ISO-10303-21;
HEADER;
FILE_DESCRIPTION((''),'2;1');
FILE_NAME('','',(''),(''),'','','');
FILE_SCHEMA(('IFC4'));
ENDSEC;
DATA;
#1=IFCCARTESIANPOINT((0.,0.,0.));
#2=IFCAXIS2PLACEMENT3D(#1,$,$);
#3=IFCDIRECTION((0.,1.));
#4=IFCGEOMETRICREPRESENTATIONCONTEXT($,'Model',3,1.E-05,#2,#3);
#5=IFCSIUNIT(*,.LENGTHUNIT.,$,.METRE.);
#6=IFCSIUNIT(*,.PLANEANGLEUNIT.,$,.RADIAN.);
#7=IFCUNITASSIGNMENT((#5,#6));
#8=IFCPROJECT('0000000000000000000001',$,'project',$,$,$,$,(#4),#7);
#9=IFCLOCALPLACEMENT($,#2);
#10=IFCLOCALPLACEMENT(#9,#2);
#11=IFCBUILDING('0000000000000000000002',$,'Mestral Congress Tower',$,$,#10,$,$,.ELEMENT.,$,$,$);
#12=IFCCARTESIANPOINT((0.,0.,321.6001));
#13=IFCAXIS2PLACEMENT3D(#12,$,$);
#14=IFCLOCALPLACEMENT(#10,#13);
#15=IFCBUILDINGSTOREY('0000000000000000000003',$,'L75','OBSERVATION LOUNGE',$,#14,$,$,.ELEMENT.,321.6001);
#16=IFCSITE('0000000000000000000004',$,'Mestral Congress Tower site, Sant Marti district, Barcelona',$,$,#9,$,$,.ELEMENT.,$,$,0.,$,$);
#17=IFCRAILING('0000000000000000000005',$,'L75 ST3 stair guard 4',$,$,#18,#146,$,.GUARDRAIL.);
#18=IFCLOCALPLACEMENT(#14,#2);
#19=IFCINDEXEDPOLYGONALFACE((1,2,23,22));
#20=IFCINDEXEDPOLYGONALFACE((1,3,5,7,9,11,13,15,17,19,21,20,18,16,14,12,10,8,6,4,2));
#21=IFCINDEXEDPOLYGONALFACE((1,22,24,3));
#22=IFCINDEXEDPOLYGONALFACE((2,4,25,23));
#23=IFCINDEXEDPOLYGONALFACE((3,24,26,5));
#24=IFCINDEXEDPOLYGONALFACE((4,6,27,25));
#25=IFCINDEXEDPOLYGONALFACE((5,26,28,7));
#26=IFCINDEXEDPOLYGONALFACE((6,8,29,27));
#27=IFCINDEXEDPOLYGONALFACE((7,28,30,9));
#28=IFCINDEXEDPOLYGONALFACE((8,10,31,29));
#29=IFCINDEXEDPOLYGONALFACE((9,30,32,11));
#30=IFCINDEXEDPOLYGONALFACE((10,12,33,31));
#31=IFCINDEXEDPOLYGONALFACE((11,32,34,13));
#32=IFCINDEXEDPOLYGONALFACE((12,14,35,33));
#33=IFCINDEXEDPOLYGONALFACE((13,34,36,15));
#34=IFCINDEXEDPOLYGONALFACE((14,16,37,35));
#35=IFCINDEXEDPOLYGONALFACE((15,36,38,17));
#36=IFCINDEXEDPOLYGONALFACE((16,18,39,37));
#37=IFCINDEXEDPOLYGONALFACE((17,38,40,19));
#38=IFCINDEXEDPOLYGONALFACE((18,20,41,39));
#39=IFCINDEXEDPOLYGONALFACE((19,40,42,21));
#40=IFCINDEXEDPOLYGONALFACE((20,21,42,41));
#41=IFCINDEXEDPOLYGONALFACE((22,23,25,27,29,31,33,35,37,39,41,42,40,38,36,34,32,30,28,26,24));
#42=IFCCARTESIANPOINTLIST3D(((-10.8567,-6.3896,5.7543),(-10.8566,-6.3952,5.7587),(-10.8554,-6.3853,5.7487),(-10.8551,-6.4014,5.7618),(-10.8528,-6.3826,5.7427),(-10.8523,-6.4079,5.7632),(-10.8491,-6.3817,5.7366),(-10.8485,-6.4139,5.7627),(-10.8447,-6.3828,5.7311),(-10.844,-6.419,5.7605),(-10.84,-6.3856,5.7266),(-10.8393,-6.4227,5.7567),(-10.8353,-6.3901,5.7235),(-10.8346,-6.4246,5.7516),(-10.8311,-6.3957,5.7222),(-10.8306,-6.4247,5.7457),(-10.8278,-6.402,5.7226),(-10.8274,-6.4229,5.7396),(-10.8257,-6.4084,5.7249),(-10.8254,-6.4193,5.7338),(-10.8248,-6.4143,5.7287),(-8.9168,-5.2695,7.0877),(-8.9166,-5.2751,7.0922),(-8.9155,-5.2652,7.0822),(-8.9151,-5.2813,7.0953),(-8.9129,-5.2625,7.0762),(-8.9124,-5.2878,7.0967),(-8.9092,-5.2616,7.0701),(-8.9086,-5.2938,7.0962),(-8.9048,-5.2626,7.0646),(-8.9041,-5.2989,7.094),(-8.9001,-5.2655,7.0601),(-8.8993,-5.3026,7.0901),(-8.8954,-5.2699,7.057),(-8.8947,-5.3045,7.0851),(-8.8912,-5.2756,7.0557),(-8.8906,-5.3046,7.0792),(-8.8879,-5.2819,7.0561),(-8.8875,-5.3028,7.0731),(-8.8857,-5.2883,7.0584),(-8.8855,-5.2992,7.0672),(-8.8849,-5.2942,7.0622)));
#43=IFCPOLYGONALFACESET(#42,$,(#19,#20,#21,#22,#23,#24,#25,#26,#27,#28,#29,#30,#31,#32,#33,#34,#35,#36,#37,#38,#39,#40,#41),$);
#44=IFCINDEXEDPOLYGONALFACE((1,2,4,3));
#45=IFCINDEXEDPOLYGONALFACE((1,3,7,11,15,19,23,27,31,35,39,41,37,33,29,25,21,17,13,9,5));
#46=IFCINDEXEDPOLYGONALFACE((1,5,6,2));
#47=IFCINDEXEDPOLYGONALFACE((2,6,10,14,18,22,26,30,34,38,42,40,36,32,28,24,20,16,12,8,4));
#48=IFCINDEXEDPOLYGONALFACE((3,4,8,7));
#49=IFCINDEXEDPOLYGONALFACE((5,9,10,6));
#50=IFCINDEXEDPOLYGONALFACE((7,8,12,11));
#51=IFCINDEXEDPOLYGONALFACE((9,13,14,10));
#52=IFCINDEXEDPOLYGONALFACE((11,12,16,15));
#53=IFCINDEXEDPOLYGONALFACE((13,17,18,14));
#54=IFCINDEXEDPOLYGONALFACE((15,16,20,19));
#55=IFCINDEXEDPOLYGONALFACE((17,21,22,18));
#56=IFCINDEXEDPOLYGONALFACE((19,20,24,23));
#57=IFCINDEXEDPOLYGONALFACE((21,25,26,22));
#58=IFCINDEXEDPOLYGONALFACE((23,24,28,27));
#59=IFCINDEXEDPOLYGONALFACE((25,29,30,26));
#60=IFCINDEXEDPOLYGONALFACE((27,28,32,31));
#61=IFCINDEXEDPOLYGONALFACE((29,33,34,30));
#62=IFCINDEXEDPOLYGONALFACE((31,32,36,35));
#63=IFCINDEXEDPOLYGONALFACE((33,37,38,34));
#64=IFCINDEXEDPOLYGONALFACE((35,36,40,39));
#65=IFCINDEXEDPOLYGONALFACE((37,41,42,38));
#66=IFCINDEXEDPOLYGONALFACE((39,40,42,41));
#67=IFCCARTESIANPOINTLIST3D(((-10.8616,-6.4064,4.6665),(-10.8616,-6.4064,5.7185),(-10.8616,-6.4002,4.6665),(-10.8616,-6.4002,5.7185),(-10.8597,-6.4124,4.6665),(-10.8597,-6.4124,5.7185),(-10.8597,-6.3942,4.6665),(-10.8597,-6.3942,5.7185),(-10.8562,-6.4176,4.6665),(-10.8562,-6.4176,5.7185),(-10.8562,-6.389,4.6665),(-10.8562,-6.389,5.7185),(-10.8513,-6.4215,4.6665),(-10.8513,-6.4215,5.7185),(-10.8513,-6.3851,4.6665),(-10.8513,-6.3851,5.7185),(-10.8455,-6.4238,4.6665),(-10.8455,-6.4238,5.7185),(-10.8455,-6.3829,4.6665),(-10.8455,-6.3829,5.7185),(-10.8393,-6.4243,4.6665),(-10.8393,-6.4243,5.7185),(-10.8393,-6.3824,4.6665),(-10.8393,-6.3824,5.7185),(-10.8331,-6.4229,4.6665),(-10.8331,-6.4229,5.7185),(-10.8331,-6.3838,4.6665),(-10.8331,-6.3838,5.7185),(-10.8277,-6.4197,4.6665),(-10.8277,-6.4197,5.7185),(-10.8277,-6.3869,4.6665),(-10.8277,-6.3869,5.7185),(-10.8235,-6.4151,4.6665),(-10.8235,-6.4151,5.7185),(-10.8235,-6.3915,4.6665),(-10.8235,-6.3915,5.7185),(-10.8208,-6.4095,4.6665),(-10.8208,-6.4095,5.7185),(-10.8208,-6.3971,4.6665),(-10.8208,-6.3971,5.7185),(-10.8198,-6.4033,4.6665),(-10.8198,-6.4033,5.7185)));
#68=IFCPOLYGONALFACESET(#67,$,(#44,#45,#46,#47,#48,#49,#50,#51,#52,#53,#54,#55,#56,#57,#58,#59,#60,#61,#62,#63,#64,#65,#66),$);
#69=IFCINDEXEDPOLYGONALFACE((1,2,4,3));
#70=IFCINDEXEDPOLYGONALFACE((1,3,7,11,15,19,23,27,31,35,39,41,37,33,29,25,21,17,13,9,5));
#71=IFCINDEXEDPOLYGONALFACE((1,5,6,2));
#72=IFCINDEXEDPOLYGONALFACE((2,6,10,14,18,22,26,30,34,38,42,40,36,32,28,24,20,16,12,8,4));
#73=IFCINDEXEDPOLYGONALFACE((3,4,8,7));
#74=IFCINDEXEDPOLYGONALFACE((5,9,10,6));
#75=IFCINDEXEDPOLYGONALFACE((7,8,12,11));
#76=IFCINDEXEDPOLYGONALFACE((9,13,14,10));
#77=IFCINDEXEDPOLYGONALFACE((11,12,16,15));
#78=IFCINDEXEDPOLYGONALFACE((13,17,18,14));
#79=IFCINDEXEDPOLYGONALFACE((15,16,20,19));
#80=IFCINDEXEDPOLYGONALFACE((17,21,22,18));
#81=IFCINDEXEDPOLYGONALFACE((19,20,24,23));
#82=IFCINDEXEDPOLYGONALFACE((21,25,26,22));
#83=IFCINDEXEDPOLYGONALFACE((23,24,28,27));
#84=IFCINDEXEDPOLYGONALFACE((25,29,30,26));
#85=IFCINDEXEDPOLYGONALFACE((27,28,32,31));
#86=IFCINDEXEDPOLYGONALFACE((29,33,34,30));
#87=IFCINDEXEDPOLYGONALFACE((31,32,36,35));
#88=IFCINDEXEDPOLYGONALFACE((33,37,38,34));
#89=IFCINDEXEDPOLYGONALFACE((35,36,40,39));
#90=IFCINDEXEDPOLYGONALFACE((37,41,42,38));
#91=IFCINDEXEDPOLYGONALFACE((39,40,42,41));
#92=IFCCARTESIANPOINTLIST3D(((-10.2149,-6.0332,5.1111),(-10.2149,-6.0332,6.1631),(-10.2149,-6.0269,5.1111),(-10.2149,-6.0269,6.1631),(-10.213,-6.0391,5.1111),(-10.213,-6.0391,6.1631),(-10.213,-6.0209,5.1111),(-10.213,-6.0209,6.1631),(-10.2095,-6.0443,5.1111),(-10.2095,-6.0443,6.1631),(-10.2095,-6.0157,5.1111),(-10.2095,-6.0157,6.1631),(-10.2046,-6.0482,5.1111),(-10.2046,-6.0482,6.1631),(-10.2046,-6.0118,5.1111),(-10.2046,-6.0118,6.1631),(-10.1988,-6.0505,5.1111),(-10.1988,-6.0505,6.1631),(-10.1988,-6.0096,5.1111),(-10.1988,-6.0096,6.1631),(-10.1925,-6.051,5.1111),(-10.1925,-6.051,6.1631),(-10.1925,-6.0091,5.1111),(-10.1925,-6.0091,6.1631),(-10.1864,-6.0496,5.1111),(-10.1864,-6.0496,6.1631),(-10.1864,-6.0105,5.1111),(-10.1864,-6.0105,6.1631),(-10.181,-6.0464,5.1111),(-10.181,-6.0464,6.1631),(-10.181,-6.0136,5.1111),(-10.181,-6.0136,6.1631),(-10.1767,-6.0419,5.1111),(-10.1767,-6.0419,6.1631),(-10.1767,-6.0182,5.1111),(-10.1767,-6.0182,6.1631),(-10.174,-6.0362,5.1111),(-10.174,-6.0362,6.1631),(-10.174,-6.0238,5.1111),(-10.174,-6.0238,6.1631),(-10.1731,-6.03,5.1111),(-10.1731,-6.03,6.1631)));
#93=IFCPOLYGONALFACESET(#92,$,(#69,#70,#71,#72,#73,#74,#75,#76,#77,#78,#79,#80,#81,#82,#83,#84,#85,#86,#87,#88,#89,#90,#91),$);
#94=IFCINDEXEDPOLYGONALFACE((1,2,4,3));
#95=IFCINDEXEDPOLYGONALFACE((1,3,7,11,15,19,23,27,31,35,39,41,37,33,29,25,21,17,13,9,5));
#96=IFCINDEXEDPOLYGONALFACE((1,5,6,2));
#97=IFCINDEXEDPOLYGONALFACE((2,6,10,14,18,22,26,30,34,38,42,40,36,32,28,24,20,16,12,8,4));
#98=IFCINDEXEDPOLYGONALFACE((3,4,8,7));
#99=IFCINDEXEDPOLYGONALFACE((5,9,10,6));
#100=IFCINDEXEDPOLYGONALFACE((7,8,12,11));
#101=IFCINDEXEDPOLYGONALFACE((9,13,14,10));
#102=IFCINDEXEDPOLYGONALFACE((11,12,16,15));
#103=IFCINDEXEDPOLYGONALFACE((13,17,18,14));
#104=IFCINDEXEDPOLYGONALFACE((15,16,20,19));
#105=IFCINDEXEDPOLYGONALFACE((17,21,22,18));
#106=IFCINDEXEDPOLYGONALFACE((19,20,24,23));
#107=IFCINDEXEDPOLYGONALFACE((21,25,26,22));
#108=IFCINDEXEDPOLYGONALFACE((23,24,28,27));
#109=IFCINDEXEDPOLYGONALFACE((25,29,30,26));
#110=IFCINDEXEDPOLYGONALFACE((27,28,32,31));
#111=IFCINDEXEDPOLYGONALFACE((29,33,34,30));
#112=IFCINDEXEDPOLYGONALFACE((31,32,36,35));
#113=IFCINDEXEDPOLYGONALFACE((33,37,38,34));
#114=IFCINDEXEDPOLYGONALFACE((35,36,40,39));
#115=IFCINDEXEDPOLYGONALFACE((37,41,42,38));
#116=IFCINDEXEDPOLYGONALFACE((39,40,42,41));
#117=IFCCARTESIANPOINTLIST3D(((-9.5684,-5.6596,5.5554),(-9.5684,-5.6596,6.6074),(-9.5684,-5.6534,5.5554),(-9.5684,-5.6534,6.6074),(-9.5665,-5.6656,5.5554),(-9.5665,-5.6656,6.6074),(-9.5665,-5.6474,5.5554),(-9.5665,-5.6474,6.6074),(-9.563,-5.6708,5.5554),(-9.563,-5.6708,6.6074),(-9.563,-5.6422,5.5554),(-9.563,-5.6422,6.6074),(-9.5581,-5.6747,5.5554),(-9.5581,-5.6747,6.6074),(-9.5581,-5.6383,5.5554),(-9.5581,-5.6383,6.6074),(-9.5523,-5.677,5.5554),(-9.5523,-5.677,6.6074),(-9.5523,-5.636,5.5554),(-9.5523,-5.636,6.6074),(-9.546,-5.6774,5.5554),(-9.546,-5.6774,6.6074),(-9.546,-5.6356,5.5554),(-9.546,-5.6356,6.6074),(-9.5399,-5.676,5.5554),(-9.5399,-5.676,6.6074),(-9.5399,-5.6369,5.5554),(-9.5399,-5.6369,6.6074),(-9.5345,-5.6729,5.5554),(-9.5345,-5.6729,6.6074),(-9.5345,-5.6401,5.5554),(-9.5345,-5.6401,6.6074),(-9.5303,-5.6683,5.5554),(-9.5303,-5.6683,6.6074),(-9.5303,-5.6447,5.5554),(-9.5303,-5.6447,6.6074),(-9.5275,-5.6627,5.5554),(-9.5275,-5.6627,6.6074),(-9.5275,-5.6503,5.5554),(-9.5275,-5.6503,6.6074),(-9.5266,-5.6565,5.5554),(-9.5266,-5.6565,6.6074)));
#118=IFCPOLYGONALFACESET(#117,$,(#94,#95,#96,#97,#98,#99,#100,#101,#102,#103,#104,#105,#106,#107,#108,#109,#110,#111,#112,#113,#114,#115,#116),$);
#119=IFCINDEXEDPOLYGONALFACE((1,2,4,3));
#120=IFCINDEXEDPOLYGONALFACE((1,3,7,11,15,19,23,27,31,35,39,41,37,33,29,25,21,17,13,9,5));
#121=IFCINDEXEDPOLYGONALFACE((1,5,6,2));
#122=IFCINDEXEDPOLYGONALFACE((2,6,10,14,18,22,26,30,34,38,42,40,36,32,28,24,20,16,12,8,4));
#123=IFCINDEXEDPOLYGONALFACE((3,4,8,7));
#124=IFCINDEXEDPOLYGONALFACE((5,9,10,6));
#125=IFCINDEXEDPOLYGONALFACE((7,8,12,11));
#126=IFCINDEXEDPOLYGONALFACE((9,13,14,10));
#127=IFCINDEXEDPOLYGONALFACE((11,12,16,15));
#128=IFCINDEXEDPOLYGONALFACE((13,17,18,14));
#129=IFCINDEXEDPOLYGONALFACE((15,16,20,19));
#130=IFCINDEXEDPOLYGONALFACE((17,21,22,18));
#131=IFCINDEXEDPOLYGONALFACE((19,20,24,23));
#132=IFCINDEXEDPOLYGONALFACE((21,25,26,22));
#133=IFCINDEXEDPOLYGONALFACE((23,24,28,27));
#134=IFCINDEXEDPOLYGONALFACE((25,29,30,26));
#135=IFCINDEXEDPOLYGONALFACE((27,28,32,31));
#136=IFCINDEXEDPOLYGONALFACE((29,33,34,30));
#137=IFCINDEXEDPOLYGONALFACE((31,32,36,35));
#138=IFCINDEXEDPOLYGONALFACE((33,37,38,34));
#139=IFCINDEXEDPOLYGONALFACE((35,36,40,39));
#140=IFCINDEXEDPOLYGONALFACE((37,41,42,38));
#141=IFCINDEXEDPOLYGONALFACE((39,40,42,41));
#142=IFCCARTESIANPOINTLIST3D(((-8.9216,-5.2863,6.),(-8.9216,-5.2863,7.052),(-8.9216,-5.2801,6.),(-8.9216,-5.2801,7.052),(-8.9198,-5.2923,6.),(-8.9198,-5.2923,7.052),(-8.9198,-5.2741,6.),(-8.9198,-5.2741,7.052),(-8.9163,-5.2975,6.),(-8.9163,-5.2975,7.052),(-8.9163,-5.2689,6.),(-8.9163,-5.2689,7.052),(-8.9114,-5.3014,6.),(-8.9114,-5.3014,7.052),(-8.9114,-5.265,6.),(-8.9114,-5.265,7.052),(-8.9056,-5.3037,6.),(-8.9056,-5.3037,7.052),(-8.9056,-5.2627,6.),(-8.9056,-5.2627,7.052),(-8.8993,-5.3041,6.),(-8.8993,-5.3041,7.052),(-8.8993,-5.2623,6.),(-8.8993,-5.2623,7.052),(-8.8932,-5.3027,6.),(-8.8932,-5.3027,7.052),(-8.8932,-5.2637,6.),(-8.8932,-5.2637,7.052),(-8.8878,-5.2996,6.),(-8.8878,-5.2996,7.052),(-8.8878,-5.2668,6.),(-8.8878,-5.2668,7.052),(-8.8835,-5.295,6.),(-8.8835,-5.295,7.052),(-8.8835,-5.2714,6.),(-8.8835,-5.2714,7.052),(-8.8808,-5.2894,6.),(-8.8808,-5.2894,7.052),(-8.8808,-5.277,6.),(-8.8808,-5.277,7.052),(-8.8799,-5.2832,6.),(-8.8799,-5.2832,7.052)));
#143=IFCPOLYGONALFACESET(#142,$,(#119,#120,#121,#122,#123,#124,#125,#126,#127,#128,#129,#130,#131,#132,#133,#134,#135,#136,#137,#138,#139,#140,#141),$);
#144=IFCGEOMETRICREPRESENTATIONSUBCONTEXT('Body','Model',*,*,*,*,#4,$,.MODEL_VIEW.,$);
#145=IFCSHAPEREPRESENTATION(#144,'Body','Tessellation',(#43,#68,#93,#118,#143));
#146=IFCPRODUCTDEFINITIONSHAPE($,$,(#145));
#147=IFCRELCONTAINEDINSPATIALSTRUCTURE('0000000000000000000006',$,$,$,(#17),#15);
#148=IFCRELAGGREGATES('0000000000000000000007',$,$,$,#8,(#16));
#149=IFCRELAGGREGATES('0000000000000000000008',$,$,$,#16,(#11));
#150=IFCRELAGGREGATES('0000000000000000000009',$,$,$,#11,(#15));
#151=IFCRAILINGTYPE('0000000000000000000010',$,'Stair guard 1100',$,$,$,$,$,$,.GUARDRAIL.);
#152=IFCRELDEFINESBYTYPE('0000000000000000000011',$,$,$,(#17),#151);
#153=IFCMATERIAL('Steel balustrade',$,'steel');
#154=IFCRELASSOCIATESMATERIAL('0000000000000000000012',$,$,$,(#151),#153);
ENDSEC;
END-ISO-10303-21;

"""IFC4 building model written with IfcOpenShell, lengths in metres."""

from ifc_helpers import new_model, si_unit, direction, frame, origin, origin_2d, place, context, subcontext, project, spatial, circle, extrude, material, type_object, element, save


model = new_model("IFC4")

# Units and contexts
model_context = context("Model", 3, precision=1e-05, world=origin(), true_north=direction((0.0, 1.0)))
body_context = subcontext(model_context, "Body", "Model", "MODEL_VIEW")
ifc_project = project(units=[si_unit("LENGTHUNIT", "METRE"), si_unit("PLANEANGLEUNIT", "RADIAN")], contexts=[model_context])

# Site, building, storey
site_placement = place(None, origin())
site = spatial("IfcSite", under=ifc_project, at=site_placement, Name="Mestral Congress Tower site, Sant Marti district, Barcelona", CompositionType="ELEMENT", RefElevation=0.0)
building_placement = place(site_placement, origin())
building = spatial("IfcBuilding", under=site, at=building_placement, Name="Mestral Congress Tower", CompositionType="ELEMENT")
storey_placement = place(building_placement, frame((0.0, 0.0, 321.6001)))
storey = spatial("IfcBuildingStorey", under=building, at=storey_placement, Name="L75", Description="OBSERVATION LOUNGE", CompositionType="ELEMENT", Elevation=321.6001)

# Railing
ifc_material_1 = material(Name="Steel balustrade", Category="steel")
railing_type_1 = type_object("IfcRailingType", Name="Stair guard 1100", PredefinedType="GUARDRAIL", material=ifc_material_1)
railing_1_placement = place(storey_placement, frame((-10.8408, -6.4033, 4.6665)))
element("IfcRailing", 1, at=railing_1_placement, inside=storey, type_object=railing_type_1, Name="L75 ST3 stair guard 4", PredefinedType="GUARDRAIL", context=body_context, shape_type="SweptSolid", body=[
    extrude(circle(Radius=0.0239, at=origin_2d()), frame((0.0, 0.0, 1.0762), z_axis=(0.744139, 0.429664, 0.511514), x_axis=(-0.500031, 0.866008, 0.0)), (0.0, 0.0, 1.0), 2.6069),
    extrude(circle(Radius=0.021, at=origin_2d()), origin(), (0.0, 0.0, 1.0), 1.052),
    extrude(circle(Radius=0.021, at=origin_2d()), frame((0.6467, 0.3733, 0.4446)), (0.0, 0.0, 1.0), 1.052),
    extrude(circle(Radius=0.021, at=origin_2d()), frame((1.2932, 0.7468, 0.8889)), (0.0, 0.0, 1.0), 1.052),
    extrude(circle(Radius=0.021, at=origin_2d()), frame((1.9399, 1.1201, 1.3335)), (0.0, 0.0, 1.0), 1.052),
])

save(model, "model.ifc")
